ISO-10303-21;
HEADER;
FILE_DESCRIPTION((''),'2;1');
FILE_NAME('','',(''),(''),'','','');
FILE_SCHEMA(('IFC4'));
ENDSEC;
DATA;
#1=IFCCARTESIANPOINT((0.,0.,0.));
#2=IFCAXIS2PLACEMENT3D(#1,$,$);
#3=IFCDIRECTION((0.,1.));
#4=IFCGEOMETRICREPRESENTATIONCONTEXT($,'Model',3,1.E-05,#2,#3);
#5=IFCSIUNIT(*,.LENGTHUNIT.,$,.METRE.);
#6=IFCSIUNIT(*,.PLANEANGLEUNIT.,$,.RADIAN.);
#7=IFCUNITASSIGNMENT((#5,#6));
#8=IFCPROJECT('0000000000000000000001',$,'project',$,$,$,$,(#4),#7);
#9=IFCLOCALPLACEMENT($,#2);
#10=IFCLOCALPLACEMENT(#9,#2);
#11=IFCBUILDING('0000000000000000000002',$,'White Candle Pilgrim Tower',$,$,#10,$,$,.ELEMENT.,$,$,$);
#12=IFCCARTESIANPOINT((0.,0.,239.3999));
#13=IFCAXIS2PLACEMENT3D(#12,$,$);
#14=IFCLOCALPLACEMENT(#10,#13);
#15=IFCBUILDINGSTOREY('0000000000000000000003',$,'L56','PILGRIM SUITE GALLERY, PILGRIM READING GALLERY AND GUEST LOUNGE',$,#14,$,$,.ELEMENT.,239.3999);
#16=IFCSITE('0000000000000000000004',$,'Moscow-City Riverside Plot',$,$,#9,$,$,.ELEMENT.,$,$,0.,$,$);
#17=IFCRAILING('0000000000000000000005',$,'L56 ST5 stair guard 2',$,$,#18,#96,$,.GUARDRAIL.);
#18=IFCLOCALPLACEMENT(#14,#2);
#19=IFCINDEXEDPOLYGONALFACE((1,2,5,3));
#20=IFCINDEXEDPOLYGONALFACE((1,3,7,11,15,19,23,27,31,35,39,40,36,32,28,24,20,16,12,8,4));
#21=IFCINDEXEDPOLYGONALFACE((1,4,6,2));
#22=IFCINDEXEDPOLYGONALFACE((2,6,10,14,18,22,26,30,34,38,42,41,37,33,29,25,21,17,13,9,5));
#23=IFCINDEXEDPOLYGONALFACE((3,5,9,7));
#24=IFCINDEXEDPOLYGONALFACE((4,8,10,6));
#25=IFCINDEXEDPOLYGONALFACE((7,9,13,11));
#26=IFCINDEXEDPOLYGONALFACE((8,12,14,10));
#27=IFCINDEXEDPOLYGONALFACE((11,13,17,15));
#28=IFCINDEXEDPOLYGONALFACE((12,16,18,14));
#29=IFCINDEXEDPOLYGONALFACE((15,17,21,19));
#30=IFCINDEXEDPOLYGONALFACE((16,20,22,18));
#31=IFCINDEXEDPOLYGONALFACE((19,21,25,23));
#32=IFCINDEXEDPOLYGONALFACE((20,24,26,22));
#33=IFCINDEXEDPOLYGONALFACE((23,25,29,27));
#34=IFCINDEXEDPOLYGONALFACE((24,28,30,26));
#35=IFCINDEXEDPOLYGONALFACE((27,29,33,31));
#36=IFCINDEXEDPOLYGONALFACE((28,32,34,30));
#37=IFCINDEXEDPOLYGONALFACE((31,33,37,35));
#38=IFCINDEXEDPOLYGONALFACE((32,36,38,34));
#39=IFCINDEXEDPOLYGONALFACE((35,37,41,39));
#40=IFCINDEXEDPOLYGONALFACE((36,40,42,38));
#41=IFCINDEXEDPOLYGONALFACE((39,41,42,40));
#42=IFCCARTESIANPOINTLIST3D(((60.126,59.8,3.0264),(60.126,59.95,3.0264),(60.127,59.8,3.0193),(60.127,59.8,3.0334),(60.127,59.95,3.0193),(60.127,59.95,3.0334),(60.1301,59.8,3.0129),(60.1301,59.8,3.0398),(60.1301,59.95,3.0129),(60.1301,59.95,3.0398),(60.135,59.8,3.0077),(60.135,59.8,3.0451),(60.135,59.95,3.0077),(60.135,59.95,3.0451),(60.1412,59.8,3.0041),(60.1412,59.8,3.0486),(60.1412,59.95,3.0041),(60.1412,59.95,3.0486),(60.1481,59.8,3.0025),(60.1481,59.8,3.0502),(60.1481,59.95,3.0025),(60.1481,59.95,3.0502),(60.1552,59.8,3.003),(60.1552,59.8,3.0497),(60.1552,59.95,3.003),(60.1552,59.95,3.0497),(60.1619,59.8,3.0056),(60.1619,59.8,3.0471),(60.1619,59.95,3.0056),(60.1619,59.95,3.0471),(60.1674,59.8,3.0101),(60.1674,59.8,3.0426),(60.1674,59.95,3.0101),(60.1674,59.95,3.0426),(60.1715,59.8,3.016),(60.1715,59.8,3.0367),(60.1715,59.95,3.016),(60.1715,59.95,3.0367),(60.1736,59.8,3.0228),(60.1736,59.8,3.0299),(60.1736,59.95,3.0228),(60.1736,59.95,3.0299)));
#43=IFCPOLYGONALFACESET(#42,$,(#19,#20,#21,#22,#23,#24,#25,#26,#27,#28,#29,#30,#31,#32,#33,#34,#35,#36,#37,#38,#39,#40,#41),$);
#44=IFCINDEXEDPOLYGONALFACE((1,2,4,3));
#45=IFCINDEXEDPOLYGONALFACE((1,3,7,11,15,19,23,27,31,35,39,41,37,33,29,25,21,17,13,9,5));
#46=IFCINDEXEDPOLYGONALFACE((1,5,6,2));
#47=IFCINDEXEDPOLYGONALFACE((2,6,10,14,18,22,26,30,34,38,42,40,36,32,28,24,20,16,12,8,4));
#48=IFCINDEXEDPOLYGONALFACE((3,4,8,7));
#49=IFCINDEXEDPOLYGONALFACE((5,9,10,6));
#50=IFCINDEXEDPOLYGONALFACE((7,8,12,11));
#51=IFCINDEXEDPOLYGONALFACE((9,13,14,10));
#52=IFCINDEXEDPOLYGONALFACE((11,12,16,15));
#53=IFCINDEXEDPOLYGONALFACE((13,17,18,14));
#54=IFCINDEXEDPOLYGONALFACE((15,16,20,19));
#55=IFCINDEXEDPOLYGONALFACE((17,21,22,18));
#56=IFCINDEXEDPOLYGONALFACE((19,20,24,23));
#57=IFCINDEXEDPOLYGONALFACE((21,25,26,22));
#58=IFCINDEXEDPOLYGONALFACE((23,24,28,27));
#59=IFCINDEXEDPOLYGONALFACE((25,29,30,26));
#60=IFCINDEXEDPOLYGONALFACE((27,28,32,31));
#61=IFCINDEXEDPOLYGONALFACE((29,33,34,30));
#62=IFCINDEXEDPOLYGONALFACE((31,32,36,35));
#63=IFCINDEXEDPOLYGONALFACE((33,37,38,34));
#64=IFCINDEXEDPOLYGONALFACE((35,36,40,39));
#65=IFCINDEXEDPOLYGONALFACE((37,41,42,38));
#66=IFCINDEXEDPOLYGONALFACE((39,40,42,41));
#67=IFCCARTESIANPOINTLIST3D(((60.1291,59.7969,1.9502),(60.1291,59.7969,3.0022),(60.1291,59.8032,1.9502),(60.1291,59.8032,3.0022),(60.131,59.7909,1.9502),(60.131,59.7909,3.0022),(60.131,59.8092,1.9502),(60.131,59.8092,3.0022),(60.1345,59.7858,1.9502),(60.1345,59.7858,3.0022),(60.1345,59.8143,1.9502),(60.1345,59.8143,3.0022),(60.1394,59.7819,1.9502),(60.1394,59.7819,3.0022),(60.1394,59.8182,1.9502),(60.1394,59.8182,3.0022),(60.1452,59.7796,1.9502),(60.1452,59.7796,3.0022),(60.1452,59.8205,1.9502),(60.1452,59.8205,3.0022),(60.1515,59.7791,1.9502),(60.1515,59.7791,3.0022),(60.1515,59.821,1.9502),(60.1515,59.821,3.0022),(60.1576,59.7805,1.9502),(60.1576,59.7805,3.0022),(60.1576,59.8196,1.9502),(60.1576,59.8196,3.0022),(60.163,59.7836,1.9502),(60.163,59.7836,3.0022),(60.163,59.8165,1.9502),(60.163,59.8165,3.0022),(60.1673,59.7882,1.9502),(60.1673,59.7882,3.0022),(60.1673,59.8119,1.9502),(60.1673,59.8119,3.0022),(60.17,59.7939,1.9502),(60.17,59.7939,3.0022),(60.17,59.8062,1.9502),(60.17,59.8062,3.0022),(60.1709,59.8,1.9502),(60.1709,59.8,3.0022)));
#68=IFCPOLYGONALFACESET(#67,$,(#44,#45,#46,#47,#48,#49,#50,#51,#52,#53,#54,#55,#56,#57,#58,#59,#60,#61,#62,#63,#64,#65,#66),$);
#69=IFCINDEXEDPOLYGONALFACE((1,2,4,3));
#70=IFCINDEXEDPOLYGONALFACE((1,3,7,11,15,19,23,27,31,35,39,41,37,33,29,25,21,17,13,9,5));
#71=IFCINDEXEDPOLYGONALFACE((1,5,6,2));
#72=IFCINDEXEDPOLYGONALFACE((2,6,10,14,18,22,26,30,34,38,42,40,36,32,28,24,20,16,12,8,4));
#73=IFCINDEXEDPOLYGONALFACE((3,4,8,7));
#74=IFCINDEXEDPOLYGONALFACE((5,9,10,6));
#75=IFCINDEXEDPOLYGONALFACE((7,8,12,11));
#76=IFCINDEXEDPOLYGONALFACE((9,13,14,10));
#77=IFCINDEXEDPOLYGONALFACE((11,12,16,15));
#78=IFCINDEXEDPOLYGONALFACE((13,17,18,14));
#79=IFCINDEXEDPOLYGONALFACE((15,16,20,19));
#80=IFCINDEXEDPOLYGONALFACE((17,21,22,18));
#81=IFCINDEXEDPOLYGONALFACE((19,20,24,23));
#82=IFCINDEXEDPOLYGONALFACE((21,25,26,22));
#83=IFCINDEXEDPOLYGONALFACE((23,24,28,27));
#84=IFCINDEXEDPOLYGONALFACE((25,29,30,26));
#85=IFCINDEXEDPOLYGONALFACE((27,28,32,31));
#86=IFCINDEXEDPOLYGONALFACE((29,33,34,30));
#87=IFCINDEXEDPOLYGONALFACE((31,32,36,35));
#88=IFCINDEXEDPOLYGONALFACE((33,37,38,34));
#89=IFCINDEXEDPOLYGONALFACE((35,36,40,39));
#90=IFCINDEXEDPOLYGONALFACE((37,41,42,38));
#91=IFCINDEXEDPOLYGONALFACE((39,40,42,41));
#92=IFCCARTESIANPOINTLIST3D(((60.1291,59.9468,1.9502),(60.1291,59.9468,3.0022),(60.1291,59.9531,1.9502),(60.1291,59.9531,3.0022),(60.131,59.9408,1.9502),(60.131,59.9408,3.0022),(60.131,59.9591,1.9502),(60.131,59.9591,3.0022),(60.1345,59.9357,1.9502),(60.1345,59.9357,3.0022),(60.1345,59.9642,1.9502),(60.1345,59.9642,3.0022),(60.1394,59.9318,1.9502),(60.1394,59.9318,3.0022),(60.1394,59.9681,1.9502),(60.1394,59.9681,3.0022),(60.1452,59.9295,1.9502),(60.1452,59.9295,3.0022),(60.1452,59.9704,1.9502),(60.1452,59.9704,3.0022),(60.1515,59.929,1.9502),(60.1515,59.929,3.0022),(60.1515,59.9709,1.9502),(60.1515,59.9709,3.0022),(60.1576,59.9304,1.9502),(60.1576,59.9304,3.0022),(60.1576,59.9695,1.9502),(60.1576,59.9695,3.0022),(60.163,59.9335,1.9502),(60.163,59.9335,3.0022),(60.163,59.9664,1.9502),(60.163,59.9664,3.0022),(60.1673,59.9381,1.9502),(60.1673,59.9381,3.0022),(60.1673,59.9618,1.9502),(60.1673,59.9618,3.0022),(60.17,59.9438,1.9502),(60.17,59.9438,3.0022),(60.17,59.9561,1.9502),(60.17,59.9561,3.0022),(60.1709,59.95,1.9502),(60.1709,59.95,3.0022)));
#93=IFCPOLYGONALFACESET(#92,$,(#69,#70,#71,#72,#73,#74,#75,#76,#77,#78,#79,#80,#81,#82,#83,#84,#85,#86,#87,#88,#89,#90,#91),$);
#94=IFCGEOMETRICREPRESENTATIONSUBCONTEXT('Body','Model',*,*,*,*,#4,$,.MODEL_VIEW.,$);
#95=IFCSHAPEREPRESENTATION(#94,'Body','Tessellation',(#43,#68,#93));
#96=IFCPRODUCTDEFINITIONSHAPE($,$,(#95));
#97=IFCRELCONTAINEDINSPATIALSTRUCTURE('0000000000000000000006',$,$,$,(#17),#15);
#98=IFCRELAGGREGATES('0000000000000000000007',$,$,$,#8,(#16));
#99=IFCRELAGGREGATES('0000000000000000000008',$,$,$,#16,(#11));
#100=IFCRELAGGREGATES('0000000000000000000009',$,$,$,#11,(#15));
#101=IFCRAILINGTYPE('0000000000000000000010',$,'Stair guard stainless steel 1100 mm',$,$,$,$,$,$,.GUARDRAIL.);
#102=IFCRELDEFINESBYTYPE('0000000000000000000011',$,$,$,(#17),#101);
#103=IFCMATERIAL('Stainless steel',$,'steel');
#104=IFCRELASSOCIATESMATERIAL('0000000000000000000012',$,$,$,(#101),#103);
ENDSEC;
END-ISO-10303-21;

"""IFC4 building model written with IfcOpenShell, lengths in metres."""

from ifc_helpers import new_model, si_unit, direction, frame, origin, origin_2d, place, context, subcontext, project, spatial, circle, extrude, material, type_object, element, save


model = new_model("IFC4")

# Units and contexts
model_context = context("Model", 3, precision=1e-05, world=origin(), true_north=direction((0.0, 1.0)))
body_context = subcontext(model_context, "Body", "Model", "MODEL_VIEW")
ifc_project = project(units=[si_unit("LENGTHUNIT", "METRE"), si_unit("PLANEANGLEUNIT", "RADIAN")], contexts=[model_context])

# Site, building, storey
site_placement = place(None, origin())
site = spatial("IfcSite", under=ifc_project, at=site_placement, Name="Moscow-City Riverside Plot", CompositionType="ELEMENT", RefElevation=0.0)
building_placement = place(site_placement, origin())
building = spatial("IfcBuilding", under=site, at=building_placement, Name="White Candle Pilgrim Tower", CompositionType="ELEMENT")
storey_placement = place(building_placement, frame((0.0, 0.0, 239.3999)))
storey = spatial("IfcBuildingStorey", under=building, at=storey_placement, Name="L56", Description="PILGRIM SUITE GALLERY, PILGRIM READING GALLERY AND GUEST LOUNGE", CompositionType="ELEMENT", Elevation=239.3999)

# Railing
ifc_material_1 = material(Name="Stainless steel", Category="steel")
railing_type_1 = type_object("IfcRailingType", Name="Stair guard stainless steel 1100 mm", PredefinedType="GUARDRAIL", material=ifc_material_1)
railing_1_placement = place(storey_placement, frame((60.1499, 59.8, 1.9502)))
element("IfcRailing", 1, at=railing_1_placement, inside=storey, type_object=railing_type_1, Name="L56 ST5 stair guard 2", PredefinedType="GUARDRAIL", context=body_context, shape_type="SweptSolid", body=[
    extrude(circle(Radius=0.0239, at=origin_2d()), frame((0.0, 0.0, 1.0762), z_axis=(0.0, 1.0, 0.0), x_axis=(-1.0, 0.0, 0.0)), (0.0, 0.0, 1.0), 0.1499),
    extrude(circle(Radius=0.021, at=origin_2d()), origin(), (0.0, 0.0, 1.0), 1.052),
    extrude(circle(Radius=0.021, at=origin_2d()), frame((0.0, 0.1499, 0.0)), (0.0, 0.0, 1.0), 1.052),
])

save(model, "model.ifc")
